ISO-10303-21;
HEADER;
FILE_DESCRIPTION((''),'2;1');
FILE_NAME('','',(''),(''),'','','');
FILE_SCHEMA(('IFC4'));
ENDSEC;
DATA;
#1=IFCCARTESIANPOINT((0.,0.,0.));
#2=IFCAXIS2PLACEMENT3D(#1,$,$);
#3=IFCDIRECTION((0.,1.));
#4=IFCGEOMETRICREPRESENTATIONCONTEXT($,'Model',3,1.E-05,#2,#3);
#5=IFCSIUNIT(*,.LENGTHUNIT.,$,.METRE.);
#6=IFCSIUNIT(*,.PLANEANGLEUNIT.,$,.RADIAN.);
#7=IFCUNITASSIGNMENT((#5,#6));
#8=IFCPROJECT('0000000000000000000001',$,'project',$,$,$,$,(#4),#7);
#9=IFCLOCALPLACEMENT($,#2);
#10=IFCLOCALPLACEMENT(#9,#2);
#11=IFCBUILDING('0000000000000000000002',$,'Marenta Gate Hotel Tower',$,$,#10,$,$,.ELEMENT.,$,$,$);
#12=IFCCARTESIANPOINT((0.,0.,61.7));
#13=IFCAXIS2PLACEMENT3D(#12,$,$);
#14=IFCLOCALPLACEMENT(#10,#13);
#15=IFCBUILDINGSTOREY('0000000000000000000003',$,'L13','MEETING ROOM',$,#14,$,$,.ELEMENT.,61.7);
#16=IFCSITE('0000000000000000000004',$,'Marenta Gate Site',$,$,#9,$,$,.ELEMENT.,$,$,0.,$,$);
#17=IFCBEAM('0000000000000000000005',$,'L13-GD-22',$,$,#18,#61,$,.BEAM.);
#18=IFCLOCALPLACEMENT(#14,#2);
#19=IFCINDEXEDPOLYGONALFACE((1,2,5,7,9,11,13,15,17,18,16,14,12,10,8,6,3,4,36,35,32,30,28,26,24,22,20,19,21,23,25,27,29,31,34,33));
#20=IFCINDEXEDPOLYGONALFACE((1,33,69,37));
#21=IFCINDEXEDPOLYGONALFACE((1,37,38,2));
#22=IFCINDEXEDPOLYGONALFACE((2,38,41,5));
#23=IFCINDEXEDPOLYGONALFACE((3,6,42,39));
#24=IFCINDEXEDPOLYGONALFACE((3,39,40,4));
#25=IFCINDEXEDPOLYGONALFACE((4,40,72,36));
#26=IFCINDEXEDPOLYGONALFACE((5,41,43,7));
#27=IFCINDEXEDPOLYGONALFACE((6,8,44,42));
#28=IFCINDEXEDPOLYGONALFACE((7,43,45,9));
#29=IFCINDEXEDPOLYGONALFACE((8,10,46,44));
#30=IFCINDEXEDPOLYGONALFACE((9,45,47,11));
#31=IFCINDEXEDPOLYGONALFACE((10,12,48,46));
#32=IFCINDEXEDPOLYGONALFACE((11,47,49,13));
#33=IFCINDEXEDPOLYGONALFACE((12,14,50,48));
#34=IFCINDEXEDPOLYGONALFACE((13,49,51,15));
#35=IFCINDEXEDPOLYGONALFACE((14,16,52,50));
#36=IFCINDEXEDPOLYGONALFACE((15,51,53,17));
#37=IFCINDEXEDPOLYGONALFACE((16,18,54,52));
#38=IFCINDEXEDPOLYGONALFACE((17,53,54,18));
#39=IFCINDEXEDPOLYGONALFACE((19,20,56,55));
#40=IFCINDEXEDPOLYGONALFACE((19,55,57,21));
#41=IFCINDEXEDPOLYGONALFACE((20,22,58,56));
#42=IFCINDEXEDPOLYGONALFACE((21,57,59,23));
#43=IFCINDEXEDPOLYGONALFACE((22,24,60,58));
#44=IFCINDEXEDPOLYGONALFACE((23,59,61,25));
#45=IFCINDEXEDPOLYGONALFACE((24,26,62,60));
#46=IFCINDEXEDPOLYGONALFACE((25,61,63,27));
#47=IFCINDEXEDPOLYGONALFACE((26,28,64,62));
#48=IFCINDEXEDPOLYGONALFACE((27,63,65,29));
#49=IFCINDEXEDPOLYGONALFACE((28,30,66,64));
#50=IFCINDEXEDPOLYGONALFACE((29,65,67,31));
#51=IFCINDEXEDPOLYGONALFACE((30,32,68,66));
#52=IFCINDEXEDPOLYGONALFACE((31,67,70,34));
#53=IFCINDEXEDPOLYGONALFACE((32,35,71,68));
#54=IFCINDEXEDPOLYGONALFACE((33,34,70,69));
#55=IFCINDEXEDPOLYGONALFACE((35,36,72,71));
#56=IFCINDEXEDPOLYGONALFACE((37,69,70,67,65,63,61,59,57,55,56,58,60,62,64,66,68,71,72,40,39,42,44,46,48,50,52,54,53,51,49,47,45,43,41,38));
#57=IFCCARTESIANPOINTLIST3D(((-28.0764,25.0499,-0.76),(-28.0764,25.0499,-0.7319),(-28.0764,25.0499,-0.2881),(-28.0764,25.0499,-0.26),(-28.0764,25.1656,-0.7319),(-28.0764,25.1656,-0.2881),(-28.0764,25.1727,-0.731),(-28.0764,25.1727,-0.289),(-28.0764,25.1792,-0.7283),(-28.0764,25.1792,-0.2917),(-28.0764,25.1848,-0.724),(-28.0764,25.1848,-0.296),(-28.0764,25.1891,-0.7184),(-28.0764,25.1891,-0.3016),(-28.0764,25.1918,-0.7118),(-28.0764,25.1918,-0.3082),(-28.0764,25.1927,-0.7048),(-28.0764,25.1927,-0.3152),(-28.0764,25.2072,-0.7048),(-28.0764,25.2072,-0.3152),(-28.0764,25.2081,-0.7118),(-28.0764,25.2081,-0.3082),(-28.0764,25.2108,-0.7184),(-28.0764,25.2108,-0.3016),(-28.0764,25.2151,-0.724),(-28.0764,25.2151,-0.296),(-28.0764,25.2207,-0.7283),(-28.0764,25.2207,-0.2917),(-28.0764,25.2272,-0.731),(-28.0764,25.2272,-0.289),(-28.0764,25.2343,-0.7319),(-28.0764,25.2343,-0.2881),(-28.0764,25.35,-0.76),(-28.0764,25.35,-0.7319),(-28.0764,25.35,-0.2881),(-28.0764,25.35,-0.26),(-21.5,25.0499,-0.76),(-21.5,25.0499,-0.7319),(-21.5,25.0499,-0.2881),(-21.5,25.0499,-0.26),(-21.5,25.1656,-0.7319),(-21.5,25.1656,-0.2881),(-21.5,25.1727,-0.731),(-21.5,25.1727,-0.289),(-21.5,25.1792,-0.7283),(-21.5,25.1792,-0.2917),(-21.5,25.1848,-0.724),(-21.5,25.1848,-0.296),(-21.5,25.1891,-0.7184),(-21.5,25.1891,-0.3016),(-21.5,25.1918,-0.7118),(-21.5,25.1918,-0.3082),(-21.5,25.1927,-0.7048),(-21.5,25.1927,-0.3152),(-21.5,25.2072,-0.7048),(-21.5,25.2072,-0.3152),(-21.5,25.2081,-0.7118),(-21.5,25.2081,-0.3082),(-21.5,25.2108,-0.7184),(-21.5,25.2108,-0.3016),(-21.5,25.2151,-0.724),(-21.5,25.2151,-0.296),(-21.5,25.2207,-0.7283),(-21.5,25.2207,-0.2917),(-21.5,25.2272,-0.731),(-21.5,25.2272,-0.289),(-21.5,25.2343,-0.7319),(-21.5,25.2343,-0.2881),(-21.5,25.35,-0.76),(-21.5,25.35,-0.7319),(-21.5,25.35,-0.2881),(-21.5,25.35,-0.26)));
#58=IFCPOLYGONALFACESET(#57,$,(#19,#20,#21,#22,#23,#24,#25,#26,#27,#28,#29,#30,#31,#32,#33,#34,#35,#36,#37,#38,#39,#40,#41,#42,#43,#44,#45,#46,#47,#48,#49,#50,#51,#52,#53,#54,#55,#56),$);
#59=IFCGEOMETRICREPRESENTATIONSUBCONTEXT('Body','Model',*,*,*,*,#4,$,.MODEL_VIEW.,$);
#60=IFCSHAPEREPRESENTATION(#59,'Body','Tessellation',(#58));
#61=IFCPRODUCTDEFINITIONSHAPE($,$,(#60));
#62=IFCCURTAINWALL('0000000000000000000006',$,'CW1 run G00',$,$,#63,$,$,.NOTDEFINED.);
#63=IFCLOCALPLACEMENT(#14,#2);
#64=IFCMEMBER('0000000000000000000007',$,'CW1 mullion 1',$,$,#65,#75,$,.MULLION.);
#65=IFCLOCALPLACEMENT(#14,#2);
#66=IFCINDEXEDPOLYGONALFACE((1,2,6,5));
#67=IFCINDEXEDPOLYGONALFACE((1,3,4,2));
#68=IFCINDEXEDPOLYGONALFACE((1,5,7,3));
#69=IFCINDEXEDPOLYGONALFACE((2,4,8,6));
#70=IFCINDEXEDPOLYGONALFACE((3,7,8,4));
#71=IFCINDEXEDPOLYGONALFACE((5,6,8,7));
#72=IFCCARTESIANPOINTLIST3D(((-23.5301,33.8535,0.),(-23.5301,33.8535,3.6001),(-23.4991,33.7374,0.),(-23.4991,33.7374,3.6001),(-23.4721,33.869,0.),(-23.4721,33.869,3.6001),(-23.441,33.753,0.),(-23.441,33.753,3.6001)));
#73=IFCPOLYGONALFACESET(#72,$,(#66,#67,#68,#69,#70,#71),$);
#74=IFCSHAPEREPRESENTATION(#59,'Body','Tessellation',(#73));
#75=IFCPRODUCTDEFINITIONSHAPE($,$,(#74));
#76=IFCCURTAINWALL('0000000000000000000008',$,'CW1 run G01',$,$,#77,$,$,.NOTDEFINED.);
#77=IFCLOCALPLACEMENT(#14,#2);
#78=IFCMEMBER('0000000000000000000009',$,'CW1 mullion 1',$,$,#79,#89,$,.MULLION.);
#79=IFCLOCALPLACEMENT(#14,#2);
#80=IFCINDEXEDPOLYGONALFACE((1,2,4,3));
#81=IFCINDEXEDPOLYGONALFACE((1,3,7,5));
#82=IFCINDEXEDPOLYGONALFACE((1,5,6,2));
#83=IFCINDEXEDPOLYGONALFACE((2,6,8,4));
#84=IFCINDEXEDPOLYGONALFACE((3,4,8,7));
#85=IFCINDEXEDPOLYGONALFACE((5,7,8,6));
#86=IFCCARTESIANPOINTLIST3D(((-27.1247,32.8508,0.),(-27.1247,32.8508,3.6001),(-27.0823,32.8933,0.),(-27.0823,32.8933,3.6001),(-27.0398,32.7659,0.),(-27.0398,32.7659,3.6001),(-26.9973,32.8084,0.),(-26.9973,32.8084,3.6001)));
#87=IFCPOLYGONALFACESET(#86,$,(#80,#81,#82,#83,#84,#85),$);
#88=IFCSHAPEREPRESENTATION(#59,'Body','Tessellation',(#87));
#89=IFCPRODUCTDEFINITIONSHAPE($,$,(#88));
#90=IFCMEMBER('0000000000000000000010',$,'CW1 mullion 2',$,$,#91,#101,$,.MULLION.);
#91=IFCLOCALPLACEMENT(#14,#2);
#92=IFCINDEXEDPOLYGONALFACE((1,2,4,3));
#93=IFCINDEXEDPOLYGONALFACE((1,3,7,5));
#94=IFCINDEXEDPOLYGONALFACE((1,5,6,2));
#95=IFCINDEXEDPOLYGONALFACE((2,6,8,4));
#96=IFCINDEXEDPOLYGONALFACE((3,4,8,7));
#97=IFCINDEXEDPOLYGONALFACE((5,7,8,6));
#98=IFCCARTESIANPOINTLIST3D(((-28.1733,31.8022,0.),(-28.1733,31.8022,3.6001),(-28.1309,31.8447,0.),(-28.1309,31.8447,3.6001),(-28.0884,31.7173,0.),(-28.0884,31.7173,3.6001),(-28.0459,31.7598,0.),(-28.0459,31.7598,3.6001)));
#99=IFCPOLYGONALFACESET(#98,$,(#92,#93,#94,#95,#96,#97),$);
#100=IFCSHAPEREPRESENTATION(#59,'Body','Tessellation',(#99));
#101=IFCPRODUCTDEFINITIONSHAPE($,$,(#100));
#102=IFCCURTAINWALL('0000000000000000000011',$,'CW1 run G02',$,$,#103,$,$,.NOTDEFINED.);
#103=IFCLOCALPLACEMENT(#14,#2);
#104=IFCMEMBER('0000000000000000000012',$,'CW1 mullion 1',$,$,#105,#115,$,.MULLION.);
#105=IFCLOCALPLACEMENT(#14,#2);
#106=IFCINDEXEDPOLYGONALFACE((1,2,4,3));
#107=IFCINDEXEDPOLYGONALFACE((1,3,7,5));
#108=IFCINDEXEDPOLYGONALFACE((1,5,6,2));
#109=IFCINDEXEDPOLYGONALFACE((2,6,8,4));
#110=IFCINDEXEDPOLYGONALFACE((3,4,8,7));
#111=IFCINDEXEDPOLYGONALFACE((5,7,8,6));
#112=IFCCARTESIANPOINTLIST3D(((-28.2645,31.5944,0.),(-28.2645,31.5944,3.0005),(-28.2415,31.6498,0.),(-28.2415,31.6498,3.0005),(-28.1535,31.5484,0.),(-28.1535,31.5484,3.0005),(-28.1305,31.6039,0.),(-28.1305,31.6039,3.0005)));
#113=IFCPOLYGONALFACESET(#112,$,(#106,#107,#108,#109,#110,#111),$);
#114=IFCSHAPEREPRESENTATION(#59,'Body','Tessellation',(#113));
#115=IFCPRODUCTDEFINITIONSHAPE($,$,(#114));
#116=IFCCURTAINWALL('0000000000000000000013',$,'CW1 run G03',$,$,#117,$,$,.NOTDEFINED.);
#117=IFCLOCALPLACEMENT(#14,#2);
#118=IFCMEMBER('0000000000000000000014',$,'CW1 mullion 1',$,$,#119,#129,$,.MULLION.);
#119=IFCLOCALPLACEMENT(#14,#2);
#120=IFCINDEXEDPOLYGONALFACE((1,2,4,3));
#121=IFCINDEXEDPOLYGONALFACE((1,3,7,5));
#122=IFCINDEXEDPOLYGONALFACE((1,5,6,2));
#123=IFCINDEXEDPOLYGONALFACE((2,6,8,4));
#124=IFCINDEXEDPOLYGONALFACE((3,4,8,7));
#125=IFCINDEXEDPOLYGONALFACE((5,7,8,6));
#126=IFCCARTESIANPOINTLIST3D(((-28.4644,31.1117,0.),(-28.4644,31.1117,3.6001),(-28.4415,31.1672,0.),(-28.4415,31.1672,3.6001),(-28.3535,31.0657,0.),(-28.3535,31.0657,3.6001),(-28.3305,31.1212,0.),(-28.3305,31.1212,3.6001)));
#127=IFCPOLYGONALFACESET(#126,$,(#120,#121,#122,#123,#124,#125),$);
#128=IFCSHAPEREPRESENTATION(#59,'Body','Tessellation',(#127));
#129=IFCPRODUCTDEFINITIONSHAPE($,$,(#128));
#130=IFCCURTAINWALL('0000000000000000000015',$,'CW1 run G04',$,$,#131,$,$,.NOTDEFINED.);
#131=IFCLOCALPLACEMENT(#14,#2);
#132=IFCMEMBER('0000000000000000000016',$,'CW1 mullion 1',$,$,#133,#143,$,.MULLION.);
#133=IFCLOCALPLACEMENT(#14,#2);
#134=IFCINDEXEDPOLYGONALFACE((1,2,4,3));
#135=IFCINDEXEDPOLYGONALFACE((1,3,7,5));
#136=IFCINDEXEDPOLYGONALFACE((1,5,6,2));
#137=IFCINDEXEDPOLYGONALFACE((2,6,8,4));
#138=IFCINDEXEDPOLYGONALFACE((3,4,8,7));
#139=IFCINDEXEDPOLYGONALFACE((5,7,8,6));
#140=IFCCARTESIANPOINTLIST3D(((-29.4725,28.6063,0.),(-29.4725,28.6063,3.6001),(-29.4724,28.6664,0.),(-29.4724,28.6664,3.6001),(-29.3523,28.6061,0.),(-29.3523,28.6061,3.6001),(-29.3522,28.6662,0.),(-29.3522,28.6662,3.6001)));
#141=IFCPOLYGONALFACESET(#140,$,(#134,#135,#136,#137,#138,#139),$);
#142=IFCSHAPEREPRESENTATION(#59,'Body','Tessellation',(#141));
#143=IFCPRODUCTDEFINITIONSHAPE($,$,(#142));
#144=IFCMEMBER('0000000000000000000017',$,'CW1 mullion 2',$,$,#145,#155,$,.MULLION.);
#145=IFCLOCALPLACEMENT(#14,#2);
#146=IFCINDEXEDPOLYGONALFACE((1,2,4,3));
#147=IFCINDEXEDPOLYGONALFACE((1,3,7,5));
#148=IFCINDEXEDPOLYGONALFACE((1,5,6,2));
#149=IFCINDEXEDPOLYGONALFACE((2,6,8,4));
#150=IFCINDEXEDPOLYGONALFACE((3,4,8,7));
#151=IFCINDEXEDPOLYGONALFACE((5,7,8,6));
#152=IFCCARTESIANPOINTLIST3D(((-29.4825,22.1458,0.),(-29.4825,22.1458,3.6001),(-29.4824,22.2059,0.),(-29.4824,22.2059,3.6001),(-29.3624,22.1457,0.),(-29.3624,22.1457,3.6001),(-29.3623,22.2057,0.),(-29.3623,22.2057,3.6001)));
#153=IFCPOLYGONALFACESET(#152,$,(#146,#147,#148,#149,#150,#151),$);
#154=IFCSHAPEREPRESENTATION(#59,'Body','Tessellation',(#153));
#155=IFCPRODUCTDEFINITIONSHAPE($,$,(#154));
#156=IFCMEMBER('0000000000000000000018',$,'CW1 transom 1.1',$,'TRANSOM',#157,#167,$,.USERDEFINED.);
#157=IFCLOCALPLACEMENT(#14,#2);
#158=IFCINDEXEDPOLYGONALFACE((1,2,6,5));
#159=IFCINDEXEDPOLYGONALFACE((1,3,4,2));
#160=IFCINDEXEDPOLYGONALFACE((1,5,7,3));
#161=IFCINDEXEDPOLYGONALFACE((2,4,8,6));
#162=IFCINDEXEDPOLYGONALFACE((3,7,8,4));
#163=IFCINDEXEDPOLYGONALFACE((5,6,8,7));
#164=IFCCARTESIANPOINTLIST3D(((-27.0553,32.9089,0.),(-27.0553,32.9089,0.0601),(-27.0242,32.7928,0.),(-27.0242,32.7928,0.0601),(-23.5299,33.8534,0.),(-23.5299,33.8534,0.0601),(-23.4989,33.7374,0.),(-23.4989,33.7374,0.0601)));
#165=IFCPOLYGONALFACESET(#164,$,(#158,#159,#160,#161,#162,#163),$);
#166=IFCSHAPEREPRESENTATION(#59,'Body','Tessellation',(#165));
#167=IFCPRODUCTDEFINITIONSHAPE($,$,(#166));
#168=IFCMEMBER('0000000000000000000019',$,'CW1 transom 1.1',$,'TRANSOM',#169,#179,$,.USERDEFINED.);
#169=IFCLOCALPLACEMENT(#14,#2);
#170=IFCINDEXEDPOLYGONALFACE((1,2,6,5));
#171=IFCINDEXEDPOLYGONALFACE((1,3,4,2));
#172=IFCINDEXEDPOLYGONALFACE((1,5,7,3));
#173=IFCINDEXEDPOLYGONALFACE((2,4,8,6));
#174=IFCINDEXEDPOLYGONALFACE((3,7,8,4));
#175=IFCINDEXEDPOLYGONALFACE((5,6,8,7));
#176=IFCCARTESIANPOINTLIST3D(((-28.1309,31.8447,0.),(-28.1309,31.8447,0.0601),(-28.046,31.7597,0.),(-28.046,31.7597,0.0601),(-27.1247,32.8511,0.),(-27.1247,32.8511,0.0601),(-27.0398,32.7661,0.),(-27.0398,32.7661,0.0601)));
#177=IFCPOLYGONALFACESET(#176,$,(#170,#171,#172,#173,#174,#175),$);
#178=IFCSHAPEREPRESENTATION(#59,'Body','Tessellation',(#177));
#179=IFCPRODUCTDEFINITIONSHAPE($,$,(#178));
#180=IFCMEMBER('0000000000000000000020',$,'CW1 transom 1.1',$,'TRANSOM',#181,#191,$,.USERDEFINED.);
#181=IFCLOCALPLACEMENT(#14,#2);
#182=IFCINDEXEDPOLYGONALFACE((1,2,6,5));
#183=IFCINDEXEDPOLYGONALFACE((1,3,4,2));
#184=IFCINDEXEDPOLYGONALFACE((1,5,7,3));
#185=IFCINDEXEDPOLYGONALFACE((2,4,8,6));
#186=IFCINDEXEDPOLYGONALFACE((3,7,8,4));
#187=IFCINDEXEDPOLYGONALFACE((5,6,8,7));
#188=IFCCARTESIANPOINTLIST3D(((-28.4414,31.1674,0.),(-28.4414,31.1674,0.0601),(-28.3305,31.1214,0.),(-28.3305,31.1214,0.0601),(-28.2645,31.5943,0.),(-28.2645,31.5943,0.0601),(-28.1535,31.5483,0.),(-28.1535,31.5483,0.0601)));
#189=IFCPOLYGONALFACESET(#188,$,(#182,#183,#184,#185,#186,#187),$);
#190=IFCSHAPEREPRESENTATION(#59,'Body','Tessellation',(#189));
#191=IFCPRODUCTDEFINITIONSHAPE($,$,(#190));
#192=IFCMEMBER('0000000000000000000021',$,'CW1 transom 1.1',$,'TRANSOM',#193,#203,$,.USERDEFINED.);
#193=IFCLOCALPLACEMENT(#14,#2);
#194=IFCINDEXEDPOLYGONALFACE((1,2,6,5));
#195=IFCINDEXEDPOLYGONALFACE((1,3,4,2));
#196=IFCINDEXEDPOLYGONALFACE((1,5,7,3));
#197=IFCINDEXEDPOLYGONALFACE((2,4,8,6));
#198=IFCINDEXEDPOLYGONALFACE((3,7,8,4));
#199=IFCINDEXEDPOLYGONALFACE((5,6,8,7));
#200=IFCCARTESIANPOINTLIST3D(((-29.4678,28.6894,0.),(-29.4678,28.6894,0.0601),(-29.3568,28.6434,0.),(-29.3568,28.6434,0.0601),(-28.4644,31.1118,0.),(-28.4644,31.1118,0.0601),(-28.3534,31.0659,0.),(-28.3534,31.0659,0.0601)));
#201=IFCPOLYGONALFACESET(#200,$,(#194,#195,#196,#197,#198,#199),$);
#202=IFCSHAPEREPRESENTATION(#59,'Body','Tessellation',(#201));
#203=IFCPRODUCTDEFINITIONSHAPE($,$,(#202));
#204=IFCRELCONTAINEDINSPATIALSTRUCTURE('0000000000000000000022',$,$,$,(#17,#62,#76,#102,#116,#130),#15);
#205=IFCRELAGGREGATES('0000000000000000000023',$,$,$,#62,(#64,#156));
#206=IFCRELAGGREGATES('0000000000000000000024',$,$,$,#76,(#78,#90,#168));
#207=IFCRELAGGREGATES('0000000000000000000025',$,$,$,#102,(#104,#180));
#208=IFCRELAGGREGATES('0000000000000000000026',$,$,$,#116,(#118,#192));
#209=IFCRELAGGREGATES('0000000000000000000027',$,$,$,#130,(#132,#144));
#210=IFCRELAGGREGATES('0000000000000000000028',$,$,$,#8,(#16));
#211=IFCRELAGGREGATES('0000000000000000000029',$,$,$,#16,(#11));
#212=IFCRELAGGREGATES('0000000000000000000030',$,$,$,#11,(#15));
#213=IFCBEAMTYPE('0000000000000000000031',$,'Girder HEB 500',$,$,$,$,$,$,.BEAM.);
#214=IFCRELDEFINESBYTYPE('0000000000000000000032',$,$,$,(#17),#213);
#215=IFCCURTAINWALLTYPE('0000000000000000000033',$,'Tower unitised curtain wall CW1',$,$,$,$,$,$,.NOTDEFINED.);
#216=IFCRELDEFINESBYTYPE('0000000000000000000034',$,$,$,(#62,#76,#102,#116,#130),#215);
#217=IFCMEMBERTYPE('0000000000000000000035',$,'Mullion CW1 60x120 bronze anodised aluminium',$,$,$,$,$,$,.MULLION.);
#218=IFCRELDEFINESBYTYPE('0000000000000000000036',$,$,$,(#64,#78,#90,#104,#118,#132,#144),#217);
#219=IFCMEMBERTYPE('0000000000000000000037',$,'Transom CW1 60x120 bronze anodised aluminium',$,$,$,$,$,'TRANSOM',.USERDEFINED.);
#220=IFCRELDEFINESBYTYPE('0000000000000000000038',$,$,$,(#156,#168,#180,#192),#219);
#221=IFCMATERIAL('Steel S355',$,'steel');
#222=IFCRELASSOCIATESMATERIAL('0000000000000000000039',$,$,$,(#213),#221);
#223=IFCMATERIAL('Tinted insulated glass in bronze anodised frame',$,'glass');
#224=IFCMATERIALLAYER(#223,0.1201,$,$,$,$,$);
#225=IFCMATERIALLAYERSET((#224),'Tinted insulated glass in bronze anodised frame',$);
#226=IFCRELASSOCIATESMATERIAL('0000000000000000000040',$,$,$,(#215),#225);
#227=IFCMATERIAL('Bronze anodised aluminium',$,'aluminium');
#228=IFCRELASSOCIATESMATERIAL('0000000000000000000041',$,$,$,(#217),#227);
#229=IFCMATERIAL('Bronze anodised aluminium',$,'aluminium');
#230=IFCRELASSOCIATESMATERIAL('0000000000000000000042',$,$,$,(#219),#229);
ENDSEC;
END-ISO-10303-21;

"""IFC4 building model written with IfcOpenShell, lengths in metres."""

from ifc_helpers import new_model, si_unit, direction, frame, origin, origin_2d, place, context, subcontext, project, spatial, rectangle, i_section, extrude, material, layer, layer_set, material_profile, profile_set, type_object, element, aggregate, save


model = new_model("IFC4")

# Units and contexts
model_context = context("Model", 3, precision=1e-05, world=origin(), true_north=direction((0.0, 1.0)))
body_context = subcontext(model_context, "Body", "Model", "MODEL_VIEW")
ifc_project = project(units=[si_unit("LENGTHUNIT", "METRE"), si_unit("PLANEANGLEUNIT", "RADIAN")], contexts=[model_context])

# Site, building, storey
site_placement = place(None, origin())
site = spatial("IfcSite", under=ifc_project, at=site_placement, Name="Marenta Gate Site", CompositionType="ELEMENT", RefElevation=0.0)
building_placement = place(site_placement, origin())
building = spatial("IfcBuilding", under=site, at=building_placement, Name="Marenta Gate Hotel Tower", CompositionType="ELEMENT")
storey_placement = place(building_placement, frame((0.0, 0.0, 61.7)))
storey = spatial("IfcBuildingStorey", under=building, at=storey_placement, Name="L13", Description="MEETING ROOM", CompositionType="ELEMENT", Elevation=61.7)

# Beam
ifc_material_1 = material(Name="Steel S355", Category="steel")
ifc_material_profile_1 = material_profile(ifc_material_1, i_section(OverallWidth=0.3, OverallDepth=0.5, WebThickness=0.0144, FlangeThickness=0.0281, FilletRadius=0.0271, at=origin_2d()), Name="HEB 500")
ifc_profile_set_1 = profile_set([ifc_material_profile_1], Name="Steel S355")
beam_type_1 = type_object("IfcBeamType", Name="Girder HEB 500", PredefinedType="BEAM", material=ifc_profile_set_1)
beam_1_placement = place(storey_placement, frame((-28.0764, 25.2, -0.51), z_axis=(1.0, 0.0, 0.0), x_axis=(0.0, 1.0, 0.0)))
element("IfcBeam", 1, at=beam_1_placement, inside=storey, type_object=beam_type_1, Name="L13-GD-22", PredefinedType="BEAM", context=body_context, shape_type="SweptSolid", body=[
    extrude(i_section(OverallWidth=0.3, OverallDepth=0.5, WebThickness=0.0144, FlangeThickness=0.0281, FilletRadius=0.0271, at=origin_2d()), origin(), (0.0, 0.0, 1.0), 6.5764),
])

# Curtain wall, member
ifc_material_2 = material(Name="Tinted insulated glass in bronze anodised frame", Category="glass")
ifc_layer_1 = layer(ifc_material_2, 0.1201)
ifc_layer_set_1 = layer_set([ifc_layer_1], Name="Tinted insulated glass in bronze anodised frame")
curtain_wall_type = type_object("IfcCurtainWallType", Name="Tower unitised curtain wall CW1", PredefinedType="NOTDEFINED", material=ifc_layer_set_1)
curtain_wall_1_placement = place(storey_placement, origin())
curtain_wall_1 = element("IfcCurtainWall", 2, at=curtain_wall_1_placement, inside=storey, type_object=curtain_wall_type, Name="CW1 run G00", PredefinedType="NOTDEFINED")
ifc_material_3 = material(Name="Bronze anodised aluminium", Category="aluminium")
ifc_material_profile_2 = material_profile(ifc_material_3, rectangle(XDim=0.1201, YDim=0.0601, at=origin_2d()), Name="Mullion CW1 60x120 bronze anodised aluminium")
ifc_profile_set_2 = profile_set([ifc_material_profile_2], Name="Bronze anodised aluminium")
member_type_1 = type_object("IfcMemberType", Name="Mullion CW1 60x120 bronze anodised aluminium", PredefinedType="MULLION", material=ifc_profile_set_2)
member_1_placement = place(storey_placement, frame((-23.4856, 33.8032, 0.0), z_axis=(0.0, 0.0, 1.0), x_axis=(0.258802, -0.96593, 0.0)))
member_1 = element("IfcMember", 3, at=member_1_placement, type_object=member_type_1, Name="CW1 mullion 1", PredefinedType="MULLION", context=body_context, shape_type="SweptSolid", body=[
    extrude(rectangle(XDim=0.1201, YDim=0.0601, at=origin_2d()), origin(), (0.0, 0.0, 1.0), 3.6001),
])

# Curtain wall, members
curtain_wall_2_placement = place(storey_placement, origin())
curtain_wall_2 = element("IfcCurtainWall", 4, at=curtain_wall_2_placement, inside=storey, type_object=curtain_wall_type, Name="CW1 run G01", PredefinedType="NOTDEFINED")
member_2_placement = place(storey_placement, frame((-27.061, 32.8296, 0.0), z_axis=(0.0, 0.0, 1.0), x_axis=(0.707107, -0.707107, 0.0)))
member_2 = element("IfcMember", 5, at=member_2_placement, type_object=member_type_1, Name="CW1 mullion 1", PredefinedType="MULLION", context=body_context, shape_type="SweptSolid", body=[
    extrude(rectangle(XDim=0.1201, YDim=0.0601, at=origin_2d()), origin(), (0.0, 0.0, 1.0), 3.6001),
])
member_3_placement = place(storey_placement, frame((-28.1096, 31.781, 0.0), z_axis=(0.0, 0.0, 1.0), x_axis=(0.707107, -0.707107, 0.0)))
member_3 = element("IfcMember", 6, at=member_3_placement, type_object=member_type_1, Name="CW1 mullion 2", PredefinedType="MULLION", context=body_context, shape_type="SweptSolid", body=[
    extrude(rectangle(XDim=0.1201, YDim=0.0601, at=origin_2d()), origin(), (0.0, 0.0, 1.0), 3.6001),
])

# Curtain walls, members
curtain_wall_3_placement = place(storey_placement, origin())
curtain_wall_3 = element("IfcCurtainWall", 7, at=curtain_wall_3_placement, inside=storey, type_object=curtain_wall_type, Name="CW1 run G02", PredefinedType="NOTDEFINED")
member_4_placement = place(storey_placement, frame((-28.1975, 31.5991, 0.0), z_axis=(0.0, 0.0, 1.0), x_axis=(0.923879, -0.382684, 0.0)))
member_4 = element("IfcMember", 8, at=member_4_placement, type_object=member_type_1, Name="CW1 mullion 1", PredefinedType="MULLION", context=body_context, shape_type="SweptSolid", body=[
    extrude(rectangle(XDim=0.1201, YDim=0.0601, at=origin_2d()), origin(), (0.0, 0.0, 1.0), 3.0005),
])
curtain_wall_4_placement = place(storey_placement, origin())
curtain_wall_4 = element("IfcCurtainWall", 9, at=curtain_wall_4_placement, inside=storey, type_object=curtain_wall_type, Name="CW1 run G03", PredefinedType="NOTDEFINED")
member_5_placement = place(storey_placement, frame((-28.3975, 31.1165, 0.0), z_axis=(0.0, 0.0, 1.0), x_axis=(0.923882, -0.382677, 0.0)))
member_5 = element("IfcMember", 10, at=member_5_placement, type_object=member_type_1, Name="CW1 mullion 1", PredefinedType="MULLION", context=body_context, shape_type="SweptSolid", body=[
    extrude(rectangle(XDim=0.1201, YDim=0.0601, at=origin_2d()), origin(), (0.0, 0.0, 1.0), 3.6001),
])

# Curtain wall, members
curtain_wall_5_placement = place(storey_placement, origin())
curtain_wall_5 = element("IfcCurtainWall", 11, at=curtain_wall_5_placement, inside=storey, type_object=curtain_wall_type, Name="CW1 run G04", PredefinedType="NOTDEFINED")
member_6_placement = place(storey_placement, frame((-29.4124, 28.6362, 0.0), z_axis=(0.0, 0.0, 1.0), x_axis=(0.999999, -0.001566, 0.0)))
member_6 = element("IfcMember", 12, at=member_6_placement, type_object=member_type_1, Name="CW1 mullion 1", PredefinedType="MULLION", context=body_context, shape_type="SweptSolid", body=[
    extrude(rectangle(XDim=0.1201, YDim=0.0601, at=origin_2d()), origin(), (0.0, 0.0, 1.0), 3.6001),
])
member_7_placement = place(storey_placement, frame((-29.4224, 22.1758, 0.0), z_axis=(0.0, 0.0, 1.0), x_axis=(0.999999, -0.001566, 0.0)))
member_7 = element("IfcMember", 13, at=member_7_placement, type_object=member_type_1, Name="CW1 mullion 2", PredefinedType="MULLION", context=body_context, shape_type="SweptSolid", body=[
    extrude(rectangle(XDim=0.1201, YDim=0.0601, at=origin_2d()), origin(), (0.0, 0.0, 1.0), 3.6001),
])

# Members
ifc_material_4 = material(Name="Bronze anodised aluminium", Category="aluminium")
ifc_material_profile_3 = material_profile(ifc_material_4, rectangle(XDim=0.1201, YDim=0.0601, at=origin_2d()), Name="Transom CW1 60x120 bronze anodised aluminium")
ifc_profile_set_3 = profile_set([ifc_material_profile_3], Name="Bronze anodised aluminium")
member_type_2 = type_object("IfcMemberType", Name="Transom CW1 60x120 bronze anodised aluminium", ElementType="TRANSOM", PredefinedType="USERDEFINED", material=ifc_profile_set_3)
member_8_placement = place(storey_placement, frame((-23.5144, 33.7954, 0.03), z_axis=(-0.965929, -0.258807, 0.0), x_axis=(0.258807, -0.965929, 0.0)))
member_8 = element("IfcMember", 14, at=member_8_placement, type_object=member_type_2, Name="CW1 transom 1.1", ObjectType="TRANSOM", PredefinedType="USERDEFINED", context=body_context, shape_type="SweptSolid", body=[
    extrude(rectangle(XDim=0.1201, YDim=0.0601, at=origin_2d()), origin(), (0.0, 0.0, 1.0), 3.6497),
])
member_9_placement = place(storey_placement, frame((-27.0823, 32.8086, 0.03), z_axis=(-0.707021, -0.707193, 0.0), x_axis=(0.707193, -0.707021, 0.0)))
member_9 = element("IfcMember", 15, at=member_9_placement, type_object=member_type_2, Name="CW1 transom 1.1", ObjectType="TRANSOM", PredefinedType="USERDEFINED", context=body_context, shape_type="SweptSolid", body=[
    extrude(rectangle(XDim=0.1201, YDim=0.0601, at=origin_2d()), origin(), (0.0, 0.0, 1.0), 1.4231),
])
member_10_placement = place(storey_placement, frame((-28.209, 31.5713, 0.03), z_axis=(-0.382927, -0.923779, 0.0), x_axis=(0.923779, -0.382927, 0.0)))
member_10 = element("IfcMember", 16, at=member_10_placement, type_object=member_type_2, Name="CW1 transom 1.1", ObjectType="TRANSOM", PredefinedType="USERDEFINED", context=body_context, shape_type="SweptSolid", body=[
    extrude(rectangle(XDim=0.1201, YDim=0.0601, at=origin_2d()), origin(), (0.0, 0.0, 1.0), 0.4622),
])
member_11_placement = place(storey_placement, frame((-28.4089, 31.0889, 0.03), z_axis=(-0.382664, -0.923887, 0.0), x_axis=(0.923887, -0.382664, 0.0)))
member_11 = element("IfcMember", 17, at=member_11_placement, type_object=member_type_2, Name="CW1 transom 1.1", ObjectType="TRANSOM", PredefinedType="USERDEFINED", context=body_context, shape_type="SweptSolid", body=[
    extrude(rectangle(XDim=0.1201, YDim=0.0601, at=origin_2d()), origin(), (0.0, 0.0, 1.0), 2.6221),
])

aggregate(curtain_wall_1, [member_1, member_8])
aggregate(curtain_wall_2, [member_2, member_3, member_9])
aggregate(curtain_wall_3, [member_4, member_10])
aggregate(curtain_wall_4, [member_5, member_11])
aggregate(curtain_wall_5, [member_6, member_7])

save(model, "model.ifc")
